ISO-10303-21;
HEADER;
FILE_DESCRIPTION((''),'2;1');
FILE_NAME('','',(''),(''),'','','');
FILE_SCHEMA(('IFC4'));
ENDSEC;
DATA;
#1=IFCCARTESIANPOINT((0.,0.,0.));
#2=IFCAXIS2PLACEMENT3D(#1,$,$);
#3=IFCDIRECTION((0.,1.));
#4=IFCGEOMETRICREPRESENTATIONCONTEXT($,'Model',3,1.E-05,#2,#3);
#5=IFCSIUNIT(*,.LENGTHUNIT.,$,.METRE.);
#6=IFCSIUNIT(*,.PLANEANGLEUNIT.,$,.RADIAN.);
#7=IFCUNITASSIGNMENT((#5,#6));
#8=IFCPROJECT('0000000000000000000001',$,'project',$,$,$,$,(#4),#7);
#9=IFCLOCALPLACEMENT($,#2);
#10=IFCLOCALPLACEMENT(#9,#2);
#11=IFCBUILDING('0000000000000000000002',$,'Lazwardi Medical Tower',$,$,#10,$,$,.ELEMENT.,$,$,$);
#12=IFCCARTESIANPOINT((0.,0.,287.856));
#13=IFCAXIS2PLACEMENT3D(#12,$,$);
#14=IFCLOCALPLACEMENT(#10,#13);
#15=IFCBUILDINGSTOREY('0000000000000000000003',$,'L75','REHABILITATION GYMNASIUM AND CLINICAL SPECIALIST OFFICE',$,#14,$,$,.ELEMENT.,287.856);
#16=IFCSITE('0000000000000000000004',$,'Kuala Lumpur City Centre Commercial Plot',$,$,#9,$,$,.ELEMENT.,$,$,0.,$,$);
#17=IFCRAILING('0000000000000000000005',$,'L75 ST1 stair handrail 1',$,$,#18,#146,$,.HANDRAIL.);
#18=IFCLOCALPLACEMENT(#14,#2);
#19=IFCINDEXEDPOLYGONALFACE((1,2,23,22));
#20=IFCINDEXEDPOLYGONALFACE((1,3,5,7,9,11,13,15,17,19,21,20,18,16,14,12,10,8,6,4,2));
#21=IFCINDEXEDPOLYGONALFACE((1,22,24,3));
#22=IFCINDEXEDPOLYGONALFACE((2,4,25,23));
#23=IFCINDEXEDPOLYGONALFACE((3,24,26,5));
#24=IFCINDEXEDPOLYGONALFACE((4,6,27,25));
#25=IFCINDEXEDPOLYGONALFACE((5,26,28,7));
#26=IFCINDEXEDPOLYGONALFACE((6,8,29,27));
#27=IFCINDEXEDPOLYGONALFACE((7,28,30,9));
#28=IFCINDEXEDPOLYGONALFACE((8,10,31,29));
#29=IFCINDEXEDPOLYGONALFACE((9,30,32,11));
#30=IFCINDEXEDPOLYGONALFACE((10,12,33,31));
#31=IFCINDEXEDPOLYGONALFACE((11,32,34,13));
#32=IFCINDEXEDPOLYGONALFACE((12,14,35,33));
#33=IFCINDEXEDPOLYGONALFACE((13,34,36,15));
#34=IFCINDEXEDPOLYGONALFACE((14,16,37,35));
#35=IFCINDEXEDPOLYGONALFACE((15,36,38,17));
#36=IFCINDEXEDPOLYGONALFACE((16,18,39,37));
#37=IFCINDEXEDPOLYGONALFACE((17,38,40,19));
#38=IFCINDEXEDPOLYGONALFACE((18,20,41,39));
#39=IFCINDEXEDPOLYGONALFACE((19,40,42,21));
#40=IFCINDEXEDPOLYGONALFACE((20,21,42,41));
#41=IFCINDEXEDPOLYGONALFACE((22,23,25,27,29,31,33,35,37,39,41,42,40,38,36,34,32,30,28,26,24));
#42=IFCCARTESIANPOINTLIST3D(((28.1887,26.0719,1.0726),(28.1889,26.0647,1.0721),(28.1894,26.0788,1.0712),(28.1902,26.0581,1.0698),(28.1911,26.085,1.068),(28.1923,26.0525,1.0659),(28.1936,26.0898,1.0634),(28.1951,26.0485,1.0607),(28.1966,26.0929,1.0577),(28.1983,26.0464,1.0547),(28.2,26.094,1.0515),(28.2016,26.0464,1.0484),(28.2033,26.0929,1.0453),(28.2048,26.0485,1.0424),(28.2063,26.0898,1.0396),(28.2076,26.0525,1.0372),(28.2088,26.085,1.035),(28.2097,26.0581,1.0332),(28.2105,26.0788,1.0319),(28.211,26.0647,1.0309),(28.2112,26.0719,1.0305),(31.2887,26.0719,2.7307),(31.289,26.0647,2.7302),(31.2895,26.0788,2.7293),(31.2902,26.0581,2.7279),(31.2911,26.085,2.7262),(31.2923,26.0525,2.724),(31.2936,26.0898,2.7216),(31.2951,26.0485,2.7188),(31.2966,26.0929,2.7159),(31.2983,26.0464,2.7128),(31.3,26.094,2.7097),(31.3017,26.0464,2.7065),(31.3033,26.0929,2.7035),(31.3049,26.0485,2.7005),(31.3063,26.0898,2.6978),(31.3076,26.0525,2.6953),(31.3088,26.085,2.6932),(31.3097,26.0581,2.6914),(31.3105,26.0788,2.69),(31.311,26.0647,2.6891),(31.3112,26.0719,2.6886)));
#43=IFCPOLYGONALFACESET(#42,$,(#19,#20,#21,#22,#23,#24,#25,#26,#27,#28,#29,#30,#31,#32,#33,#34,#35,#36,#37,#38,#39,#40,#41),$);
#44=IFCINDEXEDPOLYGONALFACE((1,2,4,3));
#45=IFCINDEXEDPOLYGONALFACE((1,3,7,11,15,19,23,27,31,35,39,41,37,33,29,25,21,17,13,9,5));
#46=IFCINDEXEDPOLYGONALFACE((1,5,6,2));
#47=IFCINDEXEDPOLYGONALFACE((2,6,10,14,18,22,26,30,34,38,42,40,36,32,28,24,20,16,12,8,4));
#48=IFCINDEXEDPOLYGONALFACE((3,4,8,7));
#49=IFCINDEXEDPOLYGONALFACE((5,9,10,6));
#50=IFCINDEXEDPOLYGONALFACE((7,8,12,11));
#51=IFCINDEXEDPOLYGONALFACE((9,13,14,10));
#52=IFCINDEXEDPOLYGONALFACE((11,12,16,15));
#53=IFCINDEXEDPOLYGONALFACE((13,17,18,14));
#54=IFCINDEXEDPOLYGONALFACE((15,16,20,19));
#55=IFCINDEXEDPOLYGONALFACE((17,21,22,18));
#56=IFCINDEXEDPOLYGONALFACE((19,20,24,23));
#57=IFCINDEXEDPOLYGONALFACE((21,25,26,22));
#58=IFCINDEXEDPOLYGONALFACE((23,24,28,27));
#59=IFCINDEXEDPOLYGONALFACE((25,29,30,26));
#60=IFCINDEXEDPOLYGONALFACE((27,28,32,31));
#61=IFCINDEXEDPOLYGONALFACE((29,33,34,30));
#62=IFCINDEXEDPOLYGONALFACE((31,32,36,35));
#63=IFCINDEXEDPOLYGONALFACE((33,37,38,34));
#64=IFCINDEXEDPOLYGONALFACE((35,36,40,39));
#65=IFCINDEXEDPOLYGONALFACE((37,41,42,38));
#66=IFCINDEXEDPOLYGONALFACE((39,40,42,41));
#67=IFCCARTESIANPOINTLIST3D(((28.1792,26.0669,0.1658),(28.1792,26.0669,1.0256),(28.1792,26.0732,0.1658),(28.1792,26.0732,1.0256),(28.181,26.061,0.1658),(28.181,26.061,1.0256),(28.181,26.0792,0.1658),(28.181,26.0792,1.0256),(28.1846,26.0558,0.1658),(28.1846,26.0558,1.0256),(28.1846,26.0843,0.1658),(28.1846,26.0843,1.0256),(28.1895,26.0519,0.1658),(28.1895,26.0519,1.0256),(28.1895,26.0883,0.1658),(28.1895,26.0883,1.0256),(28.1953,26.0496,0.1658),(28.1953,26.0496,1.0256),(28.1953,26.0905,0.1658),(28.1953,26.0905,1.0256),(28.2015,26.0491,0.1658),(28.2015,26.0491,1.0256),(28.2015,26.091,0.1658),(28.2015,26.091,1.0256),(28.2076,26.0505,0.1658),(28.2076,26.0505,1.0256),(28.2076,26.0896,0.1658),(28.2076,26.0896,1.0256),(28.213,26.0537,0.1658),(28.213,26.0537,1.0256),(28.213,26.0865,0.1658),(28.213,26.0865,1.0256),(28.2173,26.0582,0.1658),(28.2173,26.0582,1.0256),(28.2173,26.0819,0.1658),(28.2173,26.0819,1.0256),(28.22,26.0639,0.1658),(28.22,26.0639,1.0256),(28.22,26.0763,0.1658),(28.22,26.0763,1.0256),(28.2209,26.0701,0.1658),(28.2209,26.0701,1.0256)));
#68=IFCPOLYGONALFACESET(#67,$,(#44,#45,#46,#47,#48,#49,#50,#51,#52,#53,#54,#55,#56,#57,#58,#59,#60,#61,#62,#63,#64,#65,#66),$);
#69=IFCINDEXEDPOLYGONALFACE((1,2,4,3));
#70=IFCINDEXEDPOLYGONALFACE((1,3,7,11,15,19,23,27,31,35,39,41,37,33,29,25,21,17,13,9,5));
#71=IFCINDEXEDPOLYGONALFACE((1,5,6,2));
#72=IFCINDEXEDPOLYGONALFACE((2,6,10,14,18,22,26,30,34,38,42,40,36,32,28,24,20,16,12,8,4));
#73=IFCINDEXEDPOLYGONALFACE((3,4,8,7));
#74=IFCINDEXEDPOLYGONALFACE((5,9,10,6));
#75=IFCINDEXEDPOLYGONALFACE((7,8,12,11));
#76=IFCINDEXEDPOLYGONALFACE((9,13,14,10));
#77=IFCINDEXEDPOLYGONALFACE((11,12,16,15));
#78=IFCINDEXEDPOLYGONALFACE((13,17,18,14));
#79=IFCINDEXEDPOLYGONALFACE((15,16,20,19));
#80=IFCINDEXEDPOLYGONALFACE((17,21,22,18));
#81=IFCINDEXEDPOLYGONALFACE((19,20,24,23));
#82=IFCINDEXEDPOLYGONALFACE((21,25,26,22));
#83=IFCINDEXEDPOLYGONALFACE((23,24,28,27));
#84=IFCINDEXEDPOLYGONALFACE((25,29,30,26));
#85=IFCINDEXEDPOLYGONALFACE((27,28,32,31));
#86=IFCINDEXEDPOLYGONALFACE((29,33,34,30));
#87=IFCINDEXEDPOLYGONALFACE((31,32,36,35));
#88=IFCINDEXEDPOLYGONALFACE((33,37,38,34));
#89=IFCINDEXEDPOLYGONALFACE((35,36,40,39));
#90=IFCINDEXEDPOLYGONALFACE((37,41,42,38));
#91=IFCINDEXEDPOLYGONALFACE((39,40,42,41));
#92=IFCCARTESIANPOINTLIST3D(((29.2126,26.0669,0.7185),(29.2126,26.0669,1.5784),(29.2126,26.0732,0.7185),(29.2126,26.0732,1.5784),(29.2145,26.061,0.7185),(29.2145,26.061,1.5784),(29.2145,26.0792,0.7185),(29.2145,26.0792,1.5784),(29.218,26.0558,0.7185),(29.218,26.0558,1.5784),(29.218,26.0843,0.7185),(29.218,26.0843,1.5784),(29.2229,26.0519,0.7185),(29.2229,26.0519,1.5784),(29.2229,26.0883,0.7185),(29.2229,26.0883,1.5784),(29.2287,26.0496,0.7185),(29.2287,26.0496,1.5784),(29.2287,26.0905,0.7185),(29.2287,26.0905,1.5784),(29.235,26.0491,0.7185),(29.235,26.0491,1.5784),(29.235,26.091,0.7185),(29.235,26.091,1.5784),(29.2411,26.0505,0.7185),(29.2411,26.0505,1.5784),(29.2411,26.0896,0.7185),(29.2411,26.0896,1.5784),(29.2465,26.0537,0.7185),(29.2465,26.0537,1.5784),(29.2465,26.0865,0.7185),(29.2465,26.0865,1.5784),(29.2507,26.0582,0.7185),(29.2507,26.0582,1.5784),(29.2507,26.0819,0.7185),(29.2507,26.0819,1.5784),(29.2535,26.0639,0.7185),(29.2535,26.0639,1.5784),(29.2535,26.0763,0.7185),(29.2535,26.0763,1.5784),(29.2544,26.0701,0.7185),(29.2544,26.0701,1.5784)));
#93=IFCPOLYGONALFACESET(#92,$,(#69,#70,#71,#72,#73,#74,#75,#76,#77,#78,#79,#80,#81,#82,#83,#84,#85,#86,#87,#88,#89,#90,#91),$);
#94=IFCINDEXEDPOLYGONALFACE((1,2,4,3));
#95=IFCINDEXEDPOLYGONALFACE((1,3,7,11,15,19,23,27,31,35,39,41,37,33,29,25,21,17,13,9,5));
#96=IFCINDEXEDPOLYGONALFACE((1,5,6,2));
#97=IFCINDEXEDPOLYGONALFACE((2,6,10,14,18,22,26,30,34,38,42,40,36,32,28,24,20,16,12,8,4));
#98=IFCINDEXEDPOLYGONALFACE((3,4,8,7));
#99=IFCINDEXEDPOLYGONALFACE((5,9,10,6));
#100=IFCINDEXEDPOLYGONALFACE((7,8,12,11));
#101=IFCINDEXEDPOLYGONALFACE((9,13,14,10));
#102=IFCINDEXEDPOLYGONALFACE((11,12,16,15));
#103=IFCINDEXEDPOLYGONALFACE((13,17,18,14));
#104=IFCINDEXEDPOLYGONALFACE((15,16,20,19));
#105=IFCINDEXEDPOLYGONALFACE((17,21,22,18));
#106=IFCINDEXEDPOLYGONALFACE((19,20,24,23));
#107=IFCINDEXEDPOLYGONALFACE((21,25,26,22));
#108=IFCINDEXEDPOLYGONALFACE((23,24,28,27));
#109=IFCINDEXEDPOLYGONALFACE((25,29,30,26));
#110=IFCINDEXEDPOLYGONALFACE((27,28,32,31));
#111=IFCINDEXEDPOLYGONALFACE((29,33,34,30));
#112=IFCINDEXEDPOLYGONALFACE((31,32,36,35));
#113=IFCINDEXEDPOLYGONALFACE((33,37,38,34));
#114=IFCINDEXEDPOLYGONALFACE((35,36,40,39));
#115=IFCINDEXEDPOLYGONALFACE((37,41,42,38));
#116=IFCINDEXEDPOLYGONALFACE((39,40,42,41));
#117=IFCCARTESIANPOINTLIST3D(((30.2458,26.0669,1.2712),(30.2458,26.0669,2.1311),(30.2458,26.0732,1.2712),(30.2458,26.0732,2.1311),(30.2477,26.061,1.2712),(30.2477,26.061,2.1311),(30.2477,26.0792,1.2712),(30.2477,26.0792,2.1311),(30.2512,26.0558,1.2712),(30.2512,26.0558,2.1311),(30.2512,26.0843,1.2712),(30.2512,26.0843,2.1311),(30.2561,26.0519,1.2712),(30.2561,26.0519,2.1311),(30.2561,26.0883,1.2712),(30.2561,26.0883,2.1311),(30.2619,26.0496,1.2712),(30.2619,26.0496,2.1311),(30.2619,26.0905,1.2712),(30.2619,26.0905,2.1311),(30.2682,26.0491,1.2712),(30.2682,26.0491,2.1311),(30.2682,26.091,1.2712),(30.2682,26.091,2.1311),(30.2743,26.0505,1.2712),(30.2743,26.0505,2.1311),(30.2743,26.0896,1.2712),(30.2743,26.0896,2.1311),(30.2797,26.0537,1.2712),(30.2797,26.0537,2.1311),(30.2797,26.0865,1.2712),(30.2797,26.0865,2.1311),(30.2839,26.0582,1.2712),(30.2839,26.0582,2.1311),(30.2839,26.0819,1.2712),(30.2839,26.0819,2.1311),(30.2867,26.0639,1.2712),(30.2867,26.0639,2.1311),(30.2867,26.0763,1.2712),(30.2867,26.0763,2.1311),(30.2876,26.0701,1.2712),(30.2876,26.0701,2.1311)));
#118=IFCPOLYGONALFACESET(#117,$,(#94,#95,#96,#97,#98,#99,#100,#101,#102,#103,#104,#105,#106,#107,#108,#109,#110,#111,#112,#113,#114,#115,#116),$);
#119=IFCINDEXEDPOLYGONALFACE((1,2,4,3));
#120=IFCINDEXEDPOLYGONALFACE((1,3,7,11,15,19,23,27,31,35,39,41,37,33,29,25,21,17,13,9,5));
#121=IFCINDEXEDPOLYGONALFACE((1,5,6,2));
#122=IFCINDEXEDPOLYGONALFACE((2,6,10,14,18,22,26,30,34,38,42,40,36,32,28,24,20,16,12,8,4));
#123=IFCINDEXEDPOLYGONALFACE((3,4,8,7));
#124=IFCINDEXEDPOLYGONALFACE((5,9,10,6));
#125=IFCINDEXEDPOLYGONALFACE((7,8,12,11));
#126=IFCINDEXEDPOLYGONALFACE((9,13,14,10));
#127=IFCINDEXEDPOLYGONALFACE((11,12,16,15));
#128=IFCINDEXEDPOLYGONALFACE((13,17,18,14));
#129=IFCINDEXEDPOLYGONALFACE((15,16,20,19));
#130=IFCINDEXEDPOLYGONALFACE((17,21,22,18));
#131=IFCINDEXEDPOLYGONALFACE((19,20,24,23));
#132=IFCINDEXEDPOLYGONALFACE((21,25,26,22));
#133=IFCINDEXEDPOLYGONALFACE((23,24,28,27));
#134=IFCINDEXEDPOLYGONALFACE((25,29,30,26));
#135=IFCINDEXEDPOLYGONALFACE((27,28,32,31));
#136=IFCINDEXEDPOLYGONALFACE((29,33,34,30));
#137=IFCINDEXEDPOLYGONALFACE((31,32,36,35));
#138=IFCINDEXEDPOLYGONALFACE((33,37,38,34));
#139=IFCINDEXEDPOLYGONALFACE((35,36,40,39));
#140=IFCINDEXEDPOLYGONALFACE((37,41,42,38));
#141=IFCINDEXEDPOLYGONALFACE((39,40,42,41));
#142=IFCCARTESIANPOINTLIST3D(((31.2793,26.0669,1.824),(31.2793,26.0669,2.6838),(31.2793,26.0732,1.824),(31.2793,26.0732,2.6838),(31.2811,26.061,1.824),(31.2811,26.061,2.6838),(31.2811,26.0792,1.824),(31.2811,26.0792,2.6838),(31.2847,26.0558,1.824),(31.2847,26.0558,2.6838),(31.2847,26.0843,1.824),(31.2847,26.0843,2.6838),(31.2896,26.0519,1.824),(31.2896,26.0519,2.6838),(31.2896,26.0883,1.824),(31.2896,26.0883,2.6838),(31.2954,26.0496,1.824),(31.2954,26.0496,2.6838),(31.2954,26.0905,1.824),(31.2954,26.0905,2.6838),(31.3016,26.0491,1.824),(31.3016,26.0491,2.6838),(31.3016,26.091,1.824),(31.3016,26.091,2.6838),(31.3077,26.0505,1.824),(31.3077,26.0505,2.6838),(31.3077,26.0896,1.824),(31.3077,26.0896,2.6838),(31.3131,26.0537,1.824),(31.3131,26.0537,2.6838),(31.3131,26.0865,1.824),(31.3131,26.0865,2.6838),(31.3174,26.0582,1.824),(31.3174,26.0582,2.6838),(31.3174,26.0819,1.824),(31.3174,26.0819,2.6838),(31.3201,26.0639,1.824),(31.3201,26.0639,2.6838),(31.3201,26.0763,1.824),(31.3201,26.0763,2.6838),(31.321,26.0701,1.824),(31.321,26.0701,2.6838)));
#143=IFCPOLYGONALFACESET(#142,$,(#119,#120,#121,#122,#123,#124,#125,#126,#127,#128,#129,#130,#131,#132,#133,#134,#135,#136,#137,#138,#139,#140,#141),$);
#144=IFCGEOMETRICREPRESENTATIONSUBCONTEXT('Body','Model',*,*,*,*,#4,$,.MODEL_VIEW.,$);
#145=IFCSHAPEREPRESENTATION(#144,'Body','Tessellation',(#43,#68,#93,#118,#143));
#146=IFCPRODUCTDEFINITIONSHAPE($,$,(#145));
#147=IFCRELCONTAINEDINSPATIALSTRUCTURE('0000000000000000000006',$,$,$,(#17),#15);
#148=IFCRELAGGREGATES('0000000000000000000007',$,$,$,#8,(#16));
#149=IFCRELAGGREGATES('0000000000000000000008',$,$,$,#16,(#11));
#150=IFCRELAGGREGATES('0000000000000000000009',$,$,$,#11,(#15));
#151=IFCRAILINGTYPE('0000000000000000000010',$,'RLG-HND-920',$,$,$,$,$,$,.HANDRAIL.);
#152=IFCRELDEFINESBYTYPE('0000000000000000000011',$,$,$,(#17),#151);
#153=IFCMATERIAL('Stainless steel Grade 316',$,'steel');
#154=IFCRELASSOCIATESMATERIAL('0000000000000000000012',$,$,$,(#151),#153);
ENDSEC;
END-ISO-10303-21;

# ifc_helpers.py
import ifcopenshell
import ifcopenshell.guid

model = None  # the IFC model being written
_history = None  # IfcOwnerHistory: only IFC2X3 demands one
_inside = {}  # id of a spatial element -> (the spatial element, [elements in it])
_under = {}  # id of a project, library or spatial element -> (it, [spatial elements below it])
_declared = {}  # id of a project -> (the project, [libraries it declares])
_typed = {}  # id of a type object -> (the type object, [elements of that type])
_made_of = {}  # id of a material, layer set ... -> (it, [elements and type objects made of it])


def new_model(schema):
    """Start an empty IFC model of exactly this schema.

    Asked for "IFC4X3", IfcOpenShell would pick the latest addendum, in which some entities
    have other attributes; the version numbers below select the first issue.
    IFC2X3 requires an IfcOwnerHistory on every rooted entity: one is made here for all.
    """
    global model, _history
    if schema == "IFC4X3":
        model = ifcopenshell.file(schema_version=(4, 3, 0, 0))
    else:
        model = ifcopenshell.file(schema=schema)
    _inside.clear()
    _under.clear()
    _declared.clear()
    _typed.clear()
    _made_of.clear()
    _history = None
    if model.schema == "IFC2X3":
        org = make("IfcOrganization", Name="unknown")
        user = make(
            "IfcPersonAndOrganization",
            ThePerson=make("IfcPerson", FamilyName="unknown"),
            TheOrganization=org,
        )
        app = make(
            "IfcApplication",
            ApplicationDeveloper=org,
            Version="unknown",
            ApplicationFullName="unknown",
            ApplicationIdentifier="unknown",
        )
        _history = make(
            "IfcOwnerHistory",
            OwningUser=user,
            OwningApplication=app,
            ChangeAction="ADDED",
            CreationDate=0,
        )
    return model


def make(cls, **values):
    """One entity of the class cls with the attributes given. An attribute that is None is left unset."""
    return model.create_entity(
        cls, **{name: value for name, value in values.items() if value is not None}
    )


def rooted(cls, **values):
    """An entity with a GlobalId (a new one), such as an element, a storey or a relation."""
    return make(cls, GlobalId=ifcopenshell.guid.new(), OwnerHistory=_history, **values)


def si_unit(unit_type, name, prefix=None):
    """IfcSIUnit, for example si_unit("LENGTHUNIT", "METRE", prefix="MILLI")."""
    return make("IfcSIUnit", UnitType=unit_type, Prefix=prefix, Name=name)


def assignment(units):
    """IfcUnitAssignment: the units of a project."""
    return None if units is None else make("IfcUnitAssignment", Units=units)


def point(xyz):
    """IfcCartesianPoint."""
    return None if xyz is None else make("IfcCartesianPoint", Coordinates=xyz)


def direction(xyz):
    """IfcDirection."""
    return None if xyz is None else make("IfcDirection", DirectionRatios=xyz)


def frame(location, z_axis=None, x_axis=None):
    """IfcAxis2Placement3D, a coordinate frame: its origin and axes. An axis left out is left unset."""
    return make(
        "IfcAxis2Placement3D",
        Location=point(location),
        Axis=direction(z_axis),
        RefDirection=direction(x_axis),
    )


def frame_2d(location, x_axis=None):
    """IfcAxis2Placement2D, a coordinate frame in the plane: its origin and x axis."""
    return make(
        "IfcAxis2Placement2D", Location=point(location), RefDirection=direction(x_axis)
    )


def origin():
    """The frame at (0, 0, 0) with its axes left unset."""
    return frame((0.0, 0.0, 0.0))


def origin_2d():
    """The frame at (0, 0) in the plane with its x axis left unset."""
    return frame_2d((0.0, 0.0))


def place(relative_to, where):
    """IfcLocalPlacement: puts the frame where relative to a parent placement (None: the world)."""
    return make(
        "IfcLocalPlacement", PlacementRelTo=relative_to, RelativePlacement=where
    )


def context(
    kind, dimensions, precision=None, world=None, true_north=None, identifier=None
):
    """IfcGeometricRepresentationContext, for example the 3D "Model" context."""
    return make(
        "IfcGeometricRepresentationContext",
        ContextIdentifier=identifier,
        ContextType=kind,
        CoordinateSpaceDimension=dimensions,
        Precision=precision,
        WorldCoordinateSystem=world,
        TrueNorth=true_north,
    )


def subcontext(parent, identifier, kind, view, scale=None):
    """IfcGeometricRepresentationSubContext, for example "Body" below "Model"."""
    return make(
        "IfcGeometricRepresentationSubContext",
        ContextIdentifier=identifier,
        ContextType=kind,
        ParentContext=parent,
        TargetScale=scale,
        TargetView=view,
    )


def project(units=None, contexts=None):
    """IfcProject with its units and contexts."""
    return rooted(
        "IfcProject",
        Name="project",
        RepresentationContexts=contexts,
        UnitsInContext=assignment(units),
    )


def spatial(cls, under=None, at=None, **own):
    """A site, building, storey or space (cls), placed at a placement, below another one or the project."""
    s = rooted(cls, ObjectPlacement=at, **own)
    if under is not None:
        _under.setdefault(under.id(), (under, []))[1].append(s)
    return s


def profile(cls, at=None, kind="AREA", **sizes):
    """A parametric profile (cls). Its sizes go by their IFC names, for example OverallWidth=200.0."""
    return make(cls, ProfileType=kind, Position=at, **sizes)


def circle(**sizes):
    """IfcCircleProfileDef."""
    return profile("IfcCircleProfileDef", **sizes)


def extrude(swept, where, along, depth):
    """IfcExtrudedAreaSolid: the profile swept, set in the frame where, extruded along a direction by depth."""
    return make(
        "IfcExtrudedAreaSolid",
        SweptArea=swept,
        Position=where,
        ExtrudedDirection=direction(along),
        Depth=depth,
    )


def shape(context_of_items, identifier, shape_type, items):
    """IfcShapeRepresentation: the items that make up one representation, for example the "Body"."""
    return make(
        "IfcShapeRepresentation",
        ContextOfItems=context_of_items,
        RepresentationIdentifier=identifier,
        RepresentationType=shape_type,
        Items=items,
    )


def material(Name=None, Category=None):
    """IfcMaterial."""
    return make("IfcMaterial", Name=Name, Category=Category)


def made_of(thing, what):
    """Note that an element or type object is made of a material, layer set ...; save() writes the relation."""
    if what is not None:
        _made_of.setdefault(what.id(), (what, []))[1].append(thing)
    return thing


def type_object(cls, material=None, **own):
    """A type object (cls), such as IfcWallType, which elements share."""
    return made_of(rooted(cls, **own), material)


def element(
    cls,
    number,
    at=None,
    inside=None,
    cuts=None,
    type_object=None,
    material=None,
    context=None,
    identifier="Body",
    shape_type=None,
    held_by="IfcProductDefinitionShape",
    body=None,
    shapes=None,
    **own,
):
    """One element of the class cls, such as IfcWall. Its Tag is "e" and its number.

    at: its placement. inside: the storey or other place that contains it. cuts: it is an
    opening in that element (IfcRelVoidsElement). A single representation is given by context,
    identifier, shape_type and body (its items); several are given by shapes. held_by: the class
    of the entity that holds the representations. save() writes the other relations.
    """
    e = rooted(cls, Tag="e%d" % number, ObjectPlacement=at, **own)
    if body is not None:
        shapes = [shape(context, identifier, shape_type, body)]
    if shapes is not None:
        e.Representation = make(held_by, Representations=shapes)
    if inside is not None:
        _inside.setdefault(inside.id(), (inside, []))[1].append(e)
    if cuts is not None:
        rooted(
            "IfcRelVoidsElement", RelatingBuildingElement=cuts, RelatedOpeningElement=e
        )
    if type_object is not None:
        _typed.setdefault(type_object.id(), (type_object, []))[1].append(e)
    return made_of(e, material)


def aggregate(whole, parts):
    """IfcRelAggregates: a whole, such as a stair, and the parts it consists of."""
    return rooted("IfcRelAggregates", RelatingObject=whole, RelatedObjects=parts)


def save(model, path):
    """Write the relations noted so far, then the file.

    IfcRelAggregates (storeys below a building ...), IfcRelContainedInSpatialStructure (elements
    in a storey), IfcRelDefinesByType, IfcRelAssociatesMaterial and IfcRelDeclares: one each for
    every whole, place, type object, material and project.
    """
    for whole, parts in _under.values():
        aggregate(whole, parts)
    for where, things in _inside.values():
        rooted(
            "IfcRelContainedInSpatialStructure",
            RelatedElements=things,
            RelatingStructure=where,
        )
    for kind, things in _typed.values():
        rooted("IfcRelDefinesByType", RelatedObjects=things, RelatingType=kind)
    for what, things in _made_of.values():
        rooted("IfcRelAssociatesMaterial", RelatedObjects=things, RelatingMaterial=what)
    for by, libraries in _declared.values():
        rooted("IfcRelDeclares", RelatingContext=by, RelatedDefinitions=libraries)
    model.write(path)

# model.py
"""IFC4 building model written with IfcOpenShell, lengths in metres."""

from ifc_helpers import new_model, si_unit, direction, frame, origin, origin_2d, place, context, subcontext, project, spatial, circle, extrude, material, type_object, element, save


model = new_model("IFC4")

# Units and contexts
model_context = context("Model", 3, precision=1e-05, world=origin(), true_north=direction((0.0, 1.0)))
body_context = subcontext(model_context, "Body", "Model", "MODEL_VIEW")
ifc_project = project(units=[si_unit("LENGTHUNIT", "METRE"), si_unit("PLANEANGLEUNIT", "RADIAN")], contexts=[model_context])

# Site, building, storey
site_placement = place(None, origin())
site = spatial("IfcSite", under=ifc_project, at=site_placement, Name="Kuala Lumpur City Centre Commercial Plot", CompositionType="ELEMENT", RefElevation=0.0)
building_placement = place(site_placement, origin())
building = spatial("IfcBuilding", under=site, at=building_placement, Name="Lazwardi Medical Tower", CompositionType="ELEMENT")
storey_placement = place(building_placement, frame((0.0, 0.0, 287.856)))
storey = spatial("IfcBuildingStorey", under=building, at=storey_placement, Name="L75", Description="REHABILITATION GYMNASIUM AND CLINICAL SPECIALIST OFFICE", CompositionType="ELEMENT", Elevation=287.856)

# Railing
ifc_material_1 = material(Name="Stainless steel Grade 316", Category="steel")
railing_type_1 = type_object("IfcRailingType", Name="RLG-HND-920", PredefinedType="HANDRAIL", material=ifc_material_1)
railing_1_placement = place(storey_placement, frame((28.2, 26.0701, 0.1658)))
element("IfcRailing", 1, at=railing_1_placement, inside=storey, type_object=railing_type_1, Name="L75 ST1 stair handrail 1", PredefinedType="HANDRAIL", context=body_context, shape_type="SweptSolid", body=[
    extrude(circle(Radius=0.0239, at=origin_2d()), frame((0.0, 0.0, 0.8857), z_axis=(0.881783, 0.0, 0.471655), x_axis=(0.0, 1.0, 0.0)), (0.0, 0.0, 1.0), 3.5156),
    extrude(circle(Radius=0.021, at=origin_2d()), origin(), (0.0, 0.0, 1.0), 0.8599),
    extrude(circle(Radius=0.021, at=origin_2d()), frame((1.0334, 0.0, 0.5527)), (0.0, 0.0, 1.0), 0.8599),
    extrude(circle(Radius=0.021, at=origin_2d()), frame((2.0667, 0.0, 1.1055)), (0.0, 0.0, 1.0), 0.8599),
    extrude(circle(Radius=0.021, at=origin_2d()), frame((3.1001, 0.0, 1.6582)), (0.0, 0.0, 1.0), 0.8599),
])

save(model, "model.ifc")
